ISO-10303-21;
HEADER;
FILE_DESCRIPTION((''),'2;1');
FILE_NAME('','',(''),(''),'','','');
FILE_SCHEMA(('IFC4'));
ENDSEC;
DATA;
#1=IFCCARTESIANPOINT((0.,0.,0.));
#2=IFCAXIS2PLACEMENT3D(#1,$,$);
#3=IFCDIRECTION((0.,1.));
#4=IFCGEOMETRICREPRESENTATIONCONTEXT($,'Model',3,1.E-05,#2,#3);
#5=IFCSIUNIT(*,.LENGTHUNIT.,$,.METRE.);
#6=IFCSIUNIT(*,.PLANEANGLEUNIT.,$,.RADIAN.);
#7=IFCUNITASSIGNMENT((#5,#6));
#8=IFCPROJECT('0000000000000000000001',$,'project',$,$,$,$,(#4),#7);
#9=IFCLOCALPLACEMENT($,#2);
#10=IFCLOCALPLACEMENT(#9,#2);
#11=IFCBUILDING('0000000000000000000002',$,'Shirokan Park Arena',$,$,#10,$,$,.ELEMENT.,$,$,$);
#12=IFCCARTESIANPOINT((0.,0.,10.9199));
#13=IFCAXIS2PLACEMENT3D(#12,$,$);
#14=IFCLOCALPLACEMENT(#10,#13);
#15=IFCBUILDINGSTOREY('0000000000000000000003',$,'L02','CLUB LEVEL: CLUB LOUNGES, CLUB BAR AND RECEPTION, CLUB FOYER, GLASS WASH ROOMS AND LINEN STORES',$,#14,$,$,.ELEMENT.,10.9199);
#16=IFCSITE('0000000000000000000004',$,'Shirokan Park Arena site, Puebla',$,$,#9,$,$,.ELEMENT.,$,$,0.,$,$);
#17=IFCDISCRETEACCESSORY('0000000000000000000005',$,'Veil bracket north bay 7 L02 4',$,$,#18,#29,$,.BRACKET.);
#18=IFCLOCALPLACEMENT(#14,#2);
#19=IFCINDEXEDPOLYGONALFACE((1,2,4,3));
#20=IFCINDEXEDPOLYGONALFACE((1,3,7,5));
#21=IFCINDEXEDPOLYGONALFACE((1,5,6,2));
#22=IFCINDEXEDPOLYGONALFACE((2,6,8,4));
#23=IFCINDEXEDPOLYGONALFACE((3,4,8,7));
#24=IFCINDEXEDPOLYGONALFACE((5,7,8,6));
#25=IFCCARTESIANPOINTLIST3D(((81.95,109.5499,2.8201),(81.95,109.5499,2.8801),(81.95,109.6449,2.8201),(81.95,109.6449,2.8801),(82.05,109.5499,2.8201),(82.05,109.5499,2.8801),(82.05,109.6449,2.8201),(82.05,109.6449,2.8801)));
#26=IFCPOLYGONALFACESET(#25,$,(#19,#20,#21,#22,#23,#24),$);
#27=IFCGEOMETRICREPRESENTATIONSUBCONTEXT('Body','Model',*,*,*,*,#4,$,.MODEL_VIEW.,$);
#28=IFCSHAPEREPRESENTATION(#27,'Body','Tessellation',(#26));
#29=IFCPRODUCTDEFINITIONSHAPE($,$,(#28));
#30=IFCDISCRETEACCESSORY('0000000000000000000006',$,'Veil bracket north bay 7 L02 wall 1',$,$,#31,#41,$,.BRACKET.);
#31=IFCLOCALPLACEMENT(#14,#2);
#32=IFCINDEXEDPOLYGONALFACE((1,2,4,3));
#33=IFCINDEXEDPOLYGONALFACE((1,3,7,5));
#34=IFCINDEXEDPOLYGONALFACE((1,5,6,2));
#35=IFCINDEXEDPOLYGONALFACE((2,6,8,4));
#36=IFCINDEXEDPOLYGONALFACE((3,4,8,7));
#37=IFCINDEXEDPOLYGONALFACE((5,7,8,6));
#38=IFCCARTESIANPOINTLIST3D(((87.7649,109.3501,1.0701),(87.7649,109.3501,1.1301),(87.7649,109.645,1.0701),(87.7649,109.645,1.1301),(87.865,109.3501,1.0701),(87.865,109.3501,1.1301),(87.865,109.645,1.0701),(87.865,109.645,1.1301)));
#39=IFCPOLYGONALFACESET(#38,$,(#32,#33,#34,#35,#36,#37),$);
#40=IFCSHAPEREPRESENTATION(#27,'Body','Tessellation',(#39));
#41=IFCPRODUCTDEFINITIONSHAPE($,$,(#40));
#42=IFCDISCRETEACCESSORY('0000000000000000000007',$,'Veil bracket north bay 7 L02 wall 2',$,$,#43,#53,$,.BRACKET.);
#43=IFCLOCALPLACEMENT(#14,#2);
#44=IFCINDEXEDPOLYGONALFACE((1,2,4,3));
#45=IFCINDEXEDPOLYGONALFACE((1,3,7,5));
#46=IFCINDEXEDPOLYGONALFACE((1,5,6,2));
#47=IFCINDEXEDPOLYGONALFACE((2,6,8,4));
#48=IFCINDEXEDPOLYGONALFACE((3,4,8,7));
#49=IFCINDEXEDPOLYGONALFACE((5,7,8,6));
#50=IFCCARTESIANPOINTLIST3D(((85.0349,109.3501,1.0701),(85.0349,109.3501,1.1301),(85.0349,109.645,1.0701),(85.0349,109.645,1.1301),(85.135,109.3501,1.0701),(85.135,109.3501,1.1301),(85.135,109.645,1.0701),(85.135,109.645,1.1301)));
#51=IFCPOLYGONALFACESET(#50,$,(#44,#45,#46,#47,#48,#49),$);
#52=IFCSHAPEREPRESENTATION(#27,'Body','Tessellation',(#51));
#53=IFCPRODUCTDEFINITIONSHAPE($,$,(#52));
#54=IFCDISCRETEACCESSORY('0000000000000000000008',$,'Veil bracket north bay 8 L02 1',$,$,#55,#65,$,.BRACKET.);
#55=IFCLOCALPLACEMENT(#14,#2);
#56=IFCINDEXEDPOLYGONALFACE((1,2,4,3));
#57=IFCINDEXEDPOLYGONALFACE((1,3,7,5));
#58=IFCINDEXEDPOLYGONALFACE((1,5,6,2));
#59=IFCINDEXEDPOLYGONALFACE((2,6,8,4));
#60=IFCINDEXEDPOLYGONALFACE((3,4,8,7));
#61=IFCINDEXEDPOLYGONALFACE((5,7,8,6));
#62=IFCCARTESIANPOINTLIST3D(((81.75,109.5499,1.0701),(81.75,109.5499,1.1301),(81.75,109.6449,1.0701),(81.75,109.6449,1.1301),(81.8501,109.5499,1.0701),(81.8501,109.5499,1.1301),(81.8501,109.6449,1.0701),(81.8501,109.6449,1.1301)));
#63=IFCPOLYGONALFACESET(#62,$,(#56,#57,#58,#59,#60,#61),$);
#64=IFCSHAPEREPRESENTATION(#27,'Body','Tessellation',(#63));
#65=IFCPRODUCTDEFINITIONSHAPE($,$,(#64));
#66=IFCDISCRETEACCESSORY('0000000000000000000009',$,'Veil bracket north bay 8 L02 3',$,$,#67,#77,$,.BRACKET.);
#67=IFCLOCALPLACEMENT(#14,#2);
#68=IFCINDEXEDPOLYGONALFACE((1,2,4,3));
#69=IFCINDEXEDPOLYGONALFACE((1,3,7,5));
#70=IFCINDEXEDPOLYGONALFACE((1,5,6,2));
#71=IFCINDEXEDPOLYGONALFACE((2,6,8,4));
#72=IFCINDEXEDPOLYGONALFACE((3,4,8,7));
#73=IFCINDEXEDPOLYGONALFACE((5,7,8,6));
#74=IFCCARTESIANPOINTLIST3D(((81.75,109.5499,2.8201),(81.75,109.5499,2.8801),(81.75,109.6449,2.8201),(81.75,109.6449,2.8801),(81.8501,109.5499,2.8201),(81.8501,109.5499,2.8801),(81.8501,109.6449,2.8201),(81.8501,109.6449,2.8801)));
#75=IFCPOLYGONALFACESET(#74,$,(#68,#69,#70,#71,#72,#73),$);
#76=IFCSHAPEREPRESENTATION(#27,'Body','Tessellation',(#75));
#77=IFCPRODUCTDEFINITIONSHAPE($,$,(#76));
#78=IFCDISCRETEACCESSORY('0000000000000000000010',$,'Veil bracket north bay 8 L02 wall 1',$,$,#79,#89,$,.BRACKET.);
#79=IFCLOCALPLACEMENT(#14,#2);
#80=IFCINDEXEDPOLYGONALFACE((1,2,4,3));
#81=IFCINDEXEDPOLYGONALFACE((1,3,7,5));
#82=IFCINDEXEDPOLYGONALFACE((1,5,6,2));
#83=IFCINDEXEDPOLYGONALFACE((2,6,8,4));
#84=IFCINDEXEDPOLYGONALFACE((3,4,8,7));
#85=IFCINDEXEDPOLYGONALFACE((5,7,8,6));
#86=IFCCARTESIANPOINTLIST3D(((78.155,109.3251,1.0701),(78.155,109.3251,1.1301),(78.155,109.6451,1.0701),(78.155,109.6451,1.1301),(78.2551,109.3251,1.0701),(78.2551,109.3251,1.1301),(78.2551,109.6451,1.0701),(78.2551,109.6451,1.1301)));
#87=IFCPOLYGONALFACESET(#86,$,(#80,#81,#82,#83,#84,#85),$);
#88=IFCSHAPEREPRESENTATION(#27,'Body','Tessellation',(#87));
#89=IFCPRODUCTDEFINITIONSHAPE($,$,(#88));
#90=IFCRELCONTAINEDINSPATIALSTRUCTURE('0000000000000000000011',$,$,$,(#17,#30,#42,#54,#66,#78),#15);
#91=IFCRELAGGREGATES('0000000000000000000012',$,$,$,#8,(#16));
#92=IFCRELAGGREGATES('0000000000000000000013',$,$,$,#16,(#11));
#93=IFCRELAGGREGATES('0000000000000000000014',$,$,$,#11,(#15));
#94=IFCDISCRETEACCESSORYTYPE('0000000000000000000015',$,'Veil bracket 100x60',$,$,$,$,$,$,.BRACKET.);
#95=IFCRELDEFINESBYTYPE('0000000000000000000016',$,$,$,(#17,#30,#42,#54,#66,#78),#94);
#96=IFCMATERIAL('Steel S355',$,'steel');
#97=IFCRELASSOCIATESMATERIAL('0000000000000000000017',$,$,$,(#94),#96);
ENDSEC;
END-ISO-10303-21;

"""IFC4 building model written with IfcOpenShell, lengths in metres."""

from ifc_helpers import new_model, si_unit, direction, frame, origin, origin_2d, place, context, subcontext, project, spatial, rectangle, extrude, material, type_object, element, save


model = new_model("IFC4")

# Units and contexts
model_context = context("Model", 3, precision=1e-05, world=origin(), true_north=direction((0.0, 1.0)))
body_context = subcontext(model_context, "Body", "Model", "MODEL_VIEW")
ifc_project = project(units=[si_unit("LENGTHUNIT", "METRE"), si_unit("PLANEANGLEUNIT", "RADIAN")], contexts=[model_context])

# Site, building, storey
site_placement = place(None, origin())
site = spatial("IfcSite", under=ifc_project, at=site_placement, Name="Shirokan Park Arena site, Puebla", CompositionType="ELEMENT", RefElevation=0.0)
building_placement = place(site_placement, origin())
building = spatial("IfcBuilding", under=site, at=building_placement, Name="Shirokan Park Arena", CompositionType="ELEMENT")
storey_placement = place(building_placement, frame((0.0, 0.0, 10.9199)))
storey = spatial("IfcBuildingStorey", under=building, at=storey_placement, Name="L02", Description="CLUB LEVEL: CLUB LOUNGES, CLUB BAR AND RECEPTION, CLUB FOYER, GLASS WASH ROOMS AND LINEN STORES", CompositionType="ELEMENT", Elevation=10.9199)

# Shared definitions
ifc_material_1 = material(Name="Steel S355", Category="steel")

# Discrete accessories
discrete_accessory_type = type_object("IfcDiscreteAccessoryType", Name="Veil bracket 100x60", PredefinedType="BRACKET", material=ifc_material_1)
for number, where, z_axis, x_axis, name in (
    (1, (82.0, 109.5974, 2.8201), (0.0, 0.0, 1.0), (-1.0, 0.0, 0.0), "Veil bracket north bay 7 L02 4"),
):
    element("IfcDiscreteAccessory", number, at=place(storey_placement, frame(where, z_axis=z_axis, x_axis=x_axis)), inside=storey, type_object=discrete_accessory_type, Name=name, PredefinedType="BRACKET", context=body_context, shape_type="SweptSolid", body=[
        extrude(rectangle(XDim=0.1001, YDim=0.095, at=origin_2d()), origin(), (0.0, 0.0, 1.0), 0.0601),
    ])
for number, where, z_axis, x_axis, name in (
    (2, (87.8149, 109.4976, 1.0701), (0.0, 0.0, 1.0), (-1.0, 0.0, 0.0), "Veil bracket north bay 7 L02 wall 1"),
    (3, (85.085, 109.4976, 1.0701), (0.0, 0.0, 1.0), (-1.0, 0.0, 0.0), "Veil bracket north bay 7 L02 wall 2"),
):
    element("IfcDiscreteAccessory", number, at=place(storey_placement, frame(where, z_axis=z_axis, x_axis=x_axis)), inside=storey, type_object=discrete_accessory_type, Name=name, PredefinedType="BRACKET", context=body_context, shape_type="SweptSolid", body=[
        extrude(rectangle(XDim=0.1001, YDim=0.2949, at=origin_2d()), origin(), (0.0, 0.0, 1.0), 0.0601),
    ])
for number, where, z_axis, x_axis, name in (
    (4, (81.8, 109.5974, 1.0701), (0.0, 0.0, 1.0), (-1.0, 0.0, 0.0), "Veil bracket north bay 8 L02 1"),
    (5, (81.8, 109.5974, 2.8201), (0.0, 0.0, 1.0), (-1.0, 0.0, 0.0), "Veil bracket north bay 8 L02 3"),
):
    element("IfcDiscreteAccessory", number, at=place(storey_placement, frame(where, z_axis=z_axis, x_axis=x_axis)), inside=storey, type_object=discrete_accessory_type, Name=name, PredefinedType="BRACKET", context=body_context, shape_type="SweptSolid", body=[
        extrude(rectangle(XDim=0.1001, YDim=0.095, at=origin_2d()), origin(), (0.0, 0.0, 1.0), 0.0601),
    ])
discrete_accessory_placement = place(storey_placement, frame((78.2051, 109.4851, 1.0701), z_axis=(0.0, 0.0, 1.0), x_axis=(-1.0, 0.0, 0.0)))
element("IfcDiscreteAccessory", 6, at=discrete_accessory_placement, inside=storey, type_object=discrete_accessory_type, Name="Veil bracket north bay 8 L02 wall 1", PredefinedType="BRACKET", context=body_context, shape_type="SweptSolid", body=[
    extrude(rectangle(XDim=0.1001, YDim=0.3201, at=origin_2d()), origin(), (0.0, 0.0, 1.0), 0.0601),
])

save(model, "model.ifc")
